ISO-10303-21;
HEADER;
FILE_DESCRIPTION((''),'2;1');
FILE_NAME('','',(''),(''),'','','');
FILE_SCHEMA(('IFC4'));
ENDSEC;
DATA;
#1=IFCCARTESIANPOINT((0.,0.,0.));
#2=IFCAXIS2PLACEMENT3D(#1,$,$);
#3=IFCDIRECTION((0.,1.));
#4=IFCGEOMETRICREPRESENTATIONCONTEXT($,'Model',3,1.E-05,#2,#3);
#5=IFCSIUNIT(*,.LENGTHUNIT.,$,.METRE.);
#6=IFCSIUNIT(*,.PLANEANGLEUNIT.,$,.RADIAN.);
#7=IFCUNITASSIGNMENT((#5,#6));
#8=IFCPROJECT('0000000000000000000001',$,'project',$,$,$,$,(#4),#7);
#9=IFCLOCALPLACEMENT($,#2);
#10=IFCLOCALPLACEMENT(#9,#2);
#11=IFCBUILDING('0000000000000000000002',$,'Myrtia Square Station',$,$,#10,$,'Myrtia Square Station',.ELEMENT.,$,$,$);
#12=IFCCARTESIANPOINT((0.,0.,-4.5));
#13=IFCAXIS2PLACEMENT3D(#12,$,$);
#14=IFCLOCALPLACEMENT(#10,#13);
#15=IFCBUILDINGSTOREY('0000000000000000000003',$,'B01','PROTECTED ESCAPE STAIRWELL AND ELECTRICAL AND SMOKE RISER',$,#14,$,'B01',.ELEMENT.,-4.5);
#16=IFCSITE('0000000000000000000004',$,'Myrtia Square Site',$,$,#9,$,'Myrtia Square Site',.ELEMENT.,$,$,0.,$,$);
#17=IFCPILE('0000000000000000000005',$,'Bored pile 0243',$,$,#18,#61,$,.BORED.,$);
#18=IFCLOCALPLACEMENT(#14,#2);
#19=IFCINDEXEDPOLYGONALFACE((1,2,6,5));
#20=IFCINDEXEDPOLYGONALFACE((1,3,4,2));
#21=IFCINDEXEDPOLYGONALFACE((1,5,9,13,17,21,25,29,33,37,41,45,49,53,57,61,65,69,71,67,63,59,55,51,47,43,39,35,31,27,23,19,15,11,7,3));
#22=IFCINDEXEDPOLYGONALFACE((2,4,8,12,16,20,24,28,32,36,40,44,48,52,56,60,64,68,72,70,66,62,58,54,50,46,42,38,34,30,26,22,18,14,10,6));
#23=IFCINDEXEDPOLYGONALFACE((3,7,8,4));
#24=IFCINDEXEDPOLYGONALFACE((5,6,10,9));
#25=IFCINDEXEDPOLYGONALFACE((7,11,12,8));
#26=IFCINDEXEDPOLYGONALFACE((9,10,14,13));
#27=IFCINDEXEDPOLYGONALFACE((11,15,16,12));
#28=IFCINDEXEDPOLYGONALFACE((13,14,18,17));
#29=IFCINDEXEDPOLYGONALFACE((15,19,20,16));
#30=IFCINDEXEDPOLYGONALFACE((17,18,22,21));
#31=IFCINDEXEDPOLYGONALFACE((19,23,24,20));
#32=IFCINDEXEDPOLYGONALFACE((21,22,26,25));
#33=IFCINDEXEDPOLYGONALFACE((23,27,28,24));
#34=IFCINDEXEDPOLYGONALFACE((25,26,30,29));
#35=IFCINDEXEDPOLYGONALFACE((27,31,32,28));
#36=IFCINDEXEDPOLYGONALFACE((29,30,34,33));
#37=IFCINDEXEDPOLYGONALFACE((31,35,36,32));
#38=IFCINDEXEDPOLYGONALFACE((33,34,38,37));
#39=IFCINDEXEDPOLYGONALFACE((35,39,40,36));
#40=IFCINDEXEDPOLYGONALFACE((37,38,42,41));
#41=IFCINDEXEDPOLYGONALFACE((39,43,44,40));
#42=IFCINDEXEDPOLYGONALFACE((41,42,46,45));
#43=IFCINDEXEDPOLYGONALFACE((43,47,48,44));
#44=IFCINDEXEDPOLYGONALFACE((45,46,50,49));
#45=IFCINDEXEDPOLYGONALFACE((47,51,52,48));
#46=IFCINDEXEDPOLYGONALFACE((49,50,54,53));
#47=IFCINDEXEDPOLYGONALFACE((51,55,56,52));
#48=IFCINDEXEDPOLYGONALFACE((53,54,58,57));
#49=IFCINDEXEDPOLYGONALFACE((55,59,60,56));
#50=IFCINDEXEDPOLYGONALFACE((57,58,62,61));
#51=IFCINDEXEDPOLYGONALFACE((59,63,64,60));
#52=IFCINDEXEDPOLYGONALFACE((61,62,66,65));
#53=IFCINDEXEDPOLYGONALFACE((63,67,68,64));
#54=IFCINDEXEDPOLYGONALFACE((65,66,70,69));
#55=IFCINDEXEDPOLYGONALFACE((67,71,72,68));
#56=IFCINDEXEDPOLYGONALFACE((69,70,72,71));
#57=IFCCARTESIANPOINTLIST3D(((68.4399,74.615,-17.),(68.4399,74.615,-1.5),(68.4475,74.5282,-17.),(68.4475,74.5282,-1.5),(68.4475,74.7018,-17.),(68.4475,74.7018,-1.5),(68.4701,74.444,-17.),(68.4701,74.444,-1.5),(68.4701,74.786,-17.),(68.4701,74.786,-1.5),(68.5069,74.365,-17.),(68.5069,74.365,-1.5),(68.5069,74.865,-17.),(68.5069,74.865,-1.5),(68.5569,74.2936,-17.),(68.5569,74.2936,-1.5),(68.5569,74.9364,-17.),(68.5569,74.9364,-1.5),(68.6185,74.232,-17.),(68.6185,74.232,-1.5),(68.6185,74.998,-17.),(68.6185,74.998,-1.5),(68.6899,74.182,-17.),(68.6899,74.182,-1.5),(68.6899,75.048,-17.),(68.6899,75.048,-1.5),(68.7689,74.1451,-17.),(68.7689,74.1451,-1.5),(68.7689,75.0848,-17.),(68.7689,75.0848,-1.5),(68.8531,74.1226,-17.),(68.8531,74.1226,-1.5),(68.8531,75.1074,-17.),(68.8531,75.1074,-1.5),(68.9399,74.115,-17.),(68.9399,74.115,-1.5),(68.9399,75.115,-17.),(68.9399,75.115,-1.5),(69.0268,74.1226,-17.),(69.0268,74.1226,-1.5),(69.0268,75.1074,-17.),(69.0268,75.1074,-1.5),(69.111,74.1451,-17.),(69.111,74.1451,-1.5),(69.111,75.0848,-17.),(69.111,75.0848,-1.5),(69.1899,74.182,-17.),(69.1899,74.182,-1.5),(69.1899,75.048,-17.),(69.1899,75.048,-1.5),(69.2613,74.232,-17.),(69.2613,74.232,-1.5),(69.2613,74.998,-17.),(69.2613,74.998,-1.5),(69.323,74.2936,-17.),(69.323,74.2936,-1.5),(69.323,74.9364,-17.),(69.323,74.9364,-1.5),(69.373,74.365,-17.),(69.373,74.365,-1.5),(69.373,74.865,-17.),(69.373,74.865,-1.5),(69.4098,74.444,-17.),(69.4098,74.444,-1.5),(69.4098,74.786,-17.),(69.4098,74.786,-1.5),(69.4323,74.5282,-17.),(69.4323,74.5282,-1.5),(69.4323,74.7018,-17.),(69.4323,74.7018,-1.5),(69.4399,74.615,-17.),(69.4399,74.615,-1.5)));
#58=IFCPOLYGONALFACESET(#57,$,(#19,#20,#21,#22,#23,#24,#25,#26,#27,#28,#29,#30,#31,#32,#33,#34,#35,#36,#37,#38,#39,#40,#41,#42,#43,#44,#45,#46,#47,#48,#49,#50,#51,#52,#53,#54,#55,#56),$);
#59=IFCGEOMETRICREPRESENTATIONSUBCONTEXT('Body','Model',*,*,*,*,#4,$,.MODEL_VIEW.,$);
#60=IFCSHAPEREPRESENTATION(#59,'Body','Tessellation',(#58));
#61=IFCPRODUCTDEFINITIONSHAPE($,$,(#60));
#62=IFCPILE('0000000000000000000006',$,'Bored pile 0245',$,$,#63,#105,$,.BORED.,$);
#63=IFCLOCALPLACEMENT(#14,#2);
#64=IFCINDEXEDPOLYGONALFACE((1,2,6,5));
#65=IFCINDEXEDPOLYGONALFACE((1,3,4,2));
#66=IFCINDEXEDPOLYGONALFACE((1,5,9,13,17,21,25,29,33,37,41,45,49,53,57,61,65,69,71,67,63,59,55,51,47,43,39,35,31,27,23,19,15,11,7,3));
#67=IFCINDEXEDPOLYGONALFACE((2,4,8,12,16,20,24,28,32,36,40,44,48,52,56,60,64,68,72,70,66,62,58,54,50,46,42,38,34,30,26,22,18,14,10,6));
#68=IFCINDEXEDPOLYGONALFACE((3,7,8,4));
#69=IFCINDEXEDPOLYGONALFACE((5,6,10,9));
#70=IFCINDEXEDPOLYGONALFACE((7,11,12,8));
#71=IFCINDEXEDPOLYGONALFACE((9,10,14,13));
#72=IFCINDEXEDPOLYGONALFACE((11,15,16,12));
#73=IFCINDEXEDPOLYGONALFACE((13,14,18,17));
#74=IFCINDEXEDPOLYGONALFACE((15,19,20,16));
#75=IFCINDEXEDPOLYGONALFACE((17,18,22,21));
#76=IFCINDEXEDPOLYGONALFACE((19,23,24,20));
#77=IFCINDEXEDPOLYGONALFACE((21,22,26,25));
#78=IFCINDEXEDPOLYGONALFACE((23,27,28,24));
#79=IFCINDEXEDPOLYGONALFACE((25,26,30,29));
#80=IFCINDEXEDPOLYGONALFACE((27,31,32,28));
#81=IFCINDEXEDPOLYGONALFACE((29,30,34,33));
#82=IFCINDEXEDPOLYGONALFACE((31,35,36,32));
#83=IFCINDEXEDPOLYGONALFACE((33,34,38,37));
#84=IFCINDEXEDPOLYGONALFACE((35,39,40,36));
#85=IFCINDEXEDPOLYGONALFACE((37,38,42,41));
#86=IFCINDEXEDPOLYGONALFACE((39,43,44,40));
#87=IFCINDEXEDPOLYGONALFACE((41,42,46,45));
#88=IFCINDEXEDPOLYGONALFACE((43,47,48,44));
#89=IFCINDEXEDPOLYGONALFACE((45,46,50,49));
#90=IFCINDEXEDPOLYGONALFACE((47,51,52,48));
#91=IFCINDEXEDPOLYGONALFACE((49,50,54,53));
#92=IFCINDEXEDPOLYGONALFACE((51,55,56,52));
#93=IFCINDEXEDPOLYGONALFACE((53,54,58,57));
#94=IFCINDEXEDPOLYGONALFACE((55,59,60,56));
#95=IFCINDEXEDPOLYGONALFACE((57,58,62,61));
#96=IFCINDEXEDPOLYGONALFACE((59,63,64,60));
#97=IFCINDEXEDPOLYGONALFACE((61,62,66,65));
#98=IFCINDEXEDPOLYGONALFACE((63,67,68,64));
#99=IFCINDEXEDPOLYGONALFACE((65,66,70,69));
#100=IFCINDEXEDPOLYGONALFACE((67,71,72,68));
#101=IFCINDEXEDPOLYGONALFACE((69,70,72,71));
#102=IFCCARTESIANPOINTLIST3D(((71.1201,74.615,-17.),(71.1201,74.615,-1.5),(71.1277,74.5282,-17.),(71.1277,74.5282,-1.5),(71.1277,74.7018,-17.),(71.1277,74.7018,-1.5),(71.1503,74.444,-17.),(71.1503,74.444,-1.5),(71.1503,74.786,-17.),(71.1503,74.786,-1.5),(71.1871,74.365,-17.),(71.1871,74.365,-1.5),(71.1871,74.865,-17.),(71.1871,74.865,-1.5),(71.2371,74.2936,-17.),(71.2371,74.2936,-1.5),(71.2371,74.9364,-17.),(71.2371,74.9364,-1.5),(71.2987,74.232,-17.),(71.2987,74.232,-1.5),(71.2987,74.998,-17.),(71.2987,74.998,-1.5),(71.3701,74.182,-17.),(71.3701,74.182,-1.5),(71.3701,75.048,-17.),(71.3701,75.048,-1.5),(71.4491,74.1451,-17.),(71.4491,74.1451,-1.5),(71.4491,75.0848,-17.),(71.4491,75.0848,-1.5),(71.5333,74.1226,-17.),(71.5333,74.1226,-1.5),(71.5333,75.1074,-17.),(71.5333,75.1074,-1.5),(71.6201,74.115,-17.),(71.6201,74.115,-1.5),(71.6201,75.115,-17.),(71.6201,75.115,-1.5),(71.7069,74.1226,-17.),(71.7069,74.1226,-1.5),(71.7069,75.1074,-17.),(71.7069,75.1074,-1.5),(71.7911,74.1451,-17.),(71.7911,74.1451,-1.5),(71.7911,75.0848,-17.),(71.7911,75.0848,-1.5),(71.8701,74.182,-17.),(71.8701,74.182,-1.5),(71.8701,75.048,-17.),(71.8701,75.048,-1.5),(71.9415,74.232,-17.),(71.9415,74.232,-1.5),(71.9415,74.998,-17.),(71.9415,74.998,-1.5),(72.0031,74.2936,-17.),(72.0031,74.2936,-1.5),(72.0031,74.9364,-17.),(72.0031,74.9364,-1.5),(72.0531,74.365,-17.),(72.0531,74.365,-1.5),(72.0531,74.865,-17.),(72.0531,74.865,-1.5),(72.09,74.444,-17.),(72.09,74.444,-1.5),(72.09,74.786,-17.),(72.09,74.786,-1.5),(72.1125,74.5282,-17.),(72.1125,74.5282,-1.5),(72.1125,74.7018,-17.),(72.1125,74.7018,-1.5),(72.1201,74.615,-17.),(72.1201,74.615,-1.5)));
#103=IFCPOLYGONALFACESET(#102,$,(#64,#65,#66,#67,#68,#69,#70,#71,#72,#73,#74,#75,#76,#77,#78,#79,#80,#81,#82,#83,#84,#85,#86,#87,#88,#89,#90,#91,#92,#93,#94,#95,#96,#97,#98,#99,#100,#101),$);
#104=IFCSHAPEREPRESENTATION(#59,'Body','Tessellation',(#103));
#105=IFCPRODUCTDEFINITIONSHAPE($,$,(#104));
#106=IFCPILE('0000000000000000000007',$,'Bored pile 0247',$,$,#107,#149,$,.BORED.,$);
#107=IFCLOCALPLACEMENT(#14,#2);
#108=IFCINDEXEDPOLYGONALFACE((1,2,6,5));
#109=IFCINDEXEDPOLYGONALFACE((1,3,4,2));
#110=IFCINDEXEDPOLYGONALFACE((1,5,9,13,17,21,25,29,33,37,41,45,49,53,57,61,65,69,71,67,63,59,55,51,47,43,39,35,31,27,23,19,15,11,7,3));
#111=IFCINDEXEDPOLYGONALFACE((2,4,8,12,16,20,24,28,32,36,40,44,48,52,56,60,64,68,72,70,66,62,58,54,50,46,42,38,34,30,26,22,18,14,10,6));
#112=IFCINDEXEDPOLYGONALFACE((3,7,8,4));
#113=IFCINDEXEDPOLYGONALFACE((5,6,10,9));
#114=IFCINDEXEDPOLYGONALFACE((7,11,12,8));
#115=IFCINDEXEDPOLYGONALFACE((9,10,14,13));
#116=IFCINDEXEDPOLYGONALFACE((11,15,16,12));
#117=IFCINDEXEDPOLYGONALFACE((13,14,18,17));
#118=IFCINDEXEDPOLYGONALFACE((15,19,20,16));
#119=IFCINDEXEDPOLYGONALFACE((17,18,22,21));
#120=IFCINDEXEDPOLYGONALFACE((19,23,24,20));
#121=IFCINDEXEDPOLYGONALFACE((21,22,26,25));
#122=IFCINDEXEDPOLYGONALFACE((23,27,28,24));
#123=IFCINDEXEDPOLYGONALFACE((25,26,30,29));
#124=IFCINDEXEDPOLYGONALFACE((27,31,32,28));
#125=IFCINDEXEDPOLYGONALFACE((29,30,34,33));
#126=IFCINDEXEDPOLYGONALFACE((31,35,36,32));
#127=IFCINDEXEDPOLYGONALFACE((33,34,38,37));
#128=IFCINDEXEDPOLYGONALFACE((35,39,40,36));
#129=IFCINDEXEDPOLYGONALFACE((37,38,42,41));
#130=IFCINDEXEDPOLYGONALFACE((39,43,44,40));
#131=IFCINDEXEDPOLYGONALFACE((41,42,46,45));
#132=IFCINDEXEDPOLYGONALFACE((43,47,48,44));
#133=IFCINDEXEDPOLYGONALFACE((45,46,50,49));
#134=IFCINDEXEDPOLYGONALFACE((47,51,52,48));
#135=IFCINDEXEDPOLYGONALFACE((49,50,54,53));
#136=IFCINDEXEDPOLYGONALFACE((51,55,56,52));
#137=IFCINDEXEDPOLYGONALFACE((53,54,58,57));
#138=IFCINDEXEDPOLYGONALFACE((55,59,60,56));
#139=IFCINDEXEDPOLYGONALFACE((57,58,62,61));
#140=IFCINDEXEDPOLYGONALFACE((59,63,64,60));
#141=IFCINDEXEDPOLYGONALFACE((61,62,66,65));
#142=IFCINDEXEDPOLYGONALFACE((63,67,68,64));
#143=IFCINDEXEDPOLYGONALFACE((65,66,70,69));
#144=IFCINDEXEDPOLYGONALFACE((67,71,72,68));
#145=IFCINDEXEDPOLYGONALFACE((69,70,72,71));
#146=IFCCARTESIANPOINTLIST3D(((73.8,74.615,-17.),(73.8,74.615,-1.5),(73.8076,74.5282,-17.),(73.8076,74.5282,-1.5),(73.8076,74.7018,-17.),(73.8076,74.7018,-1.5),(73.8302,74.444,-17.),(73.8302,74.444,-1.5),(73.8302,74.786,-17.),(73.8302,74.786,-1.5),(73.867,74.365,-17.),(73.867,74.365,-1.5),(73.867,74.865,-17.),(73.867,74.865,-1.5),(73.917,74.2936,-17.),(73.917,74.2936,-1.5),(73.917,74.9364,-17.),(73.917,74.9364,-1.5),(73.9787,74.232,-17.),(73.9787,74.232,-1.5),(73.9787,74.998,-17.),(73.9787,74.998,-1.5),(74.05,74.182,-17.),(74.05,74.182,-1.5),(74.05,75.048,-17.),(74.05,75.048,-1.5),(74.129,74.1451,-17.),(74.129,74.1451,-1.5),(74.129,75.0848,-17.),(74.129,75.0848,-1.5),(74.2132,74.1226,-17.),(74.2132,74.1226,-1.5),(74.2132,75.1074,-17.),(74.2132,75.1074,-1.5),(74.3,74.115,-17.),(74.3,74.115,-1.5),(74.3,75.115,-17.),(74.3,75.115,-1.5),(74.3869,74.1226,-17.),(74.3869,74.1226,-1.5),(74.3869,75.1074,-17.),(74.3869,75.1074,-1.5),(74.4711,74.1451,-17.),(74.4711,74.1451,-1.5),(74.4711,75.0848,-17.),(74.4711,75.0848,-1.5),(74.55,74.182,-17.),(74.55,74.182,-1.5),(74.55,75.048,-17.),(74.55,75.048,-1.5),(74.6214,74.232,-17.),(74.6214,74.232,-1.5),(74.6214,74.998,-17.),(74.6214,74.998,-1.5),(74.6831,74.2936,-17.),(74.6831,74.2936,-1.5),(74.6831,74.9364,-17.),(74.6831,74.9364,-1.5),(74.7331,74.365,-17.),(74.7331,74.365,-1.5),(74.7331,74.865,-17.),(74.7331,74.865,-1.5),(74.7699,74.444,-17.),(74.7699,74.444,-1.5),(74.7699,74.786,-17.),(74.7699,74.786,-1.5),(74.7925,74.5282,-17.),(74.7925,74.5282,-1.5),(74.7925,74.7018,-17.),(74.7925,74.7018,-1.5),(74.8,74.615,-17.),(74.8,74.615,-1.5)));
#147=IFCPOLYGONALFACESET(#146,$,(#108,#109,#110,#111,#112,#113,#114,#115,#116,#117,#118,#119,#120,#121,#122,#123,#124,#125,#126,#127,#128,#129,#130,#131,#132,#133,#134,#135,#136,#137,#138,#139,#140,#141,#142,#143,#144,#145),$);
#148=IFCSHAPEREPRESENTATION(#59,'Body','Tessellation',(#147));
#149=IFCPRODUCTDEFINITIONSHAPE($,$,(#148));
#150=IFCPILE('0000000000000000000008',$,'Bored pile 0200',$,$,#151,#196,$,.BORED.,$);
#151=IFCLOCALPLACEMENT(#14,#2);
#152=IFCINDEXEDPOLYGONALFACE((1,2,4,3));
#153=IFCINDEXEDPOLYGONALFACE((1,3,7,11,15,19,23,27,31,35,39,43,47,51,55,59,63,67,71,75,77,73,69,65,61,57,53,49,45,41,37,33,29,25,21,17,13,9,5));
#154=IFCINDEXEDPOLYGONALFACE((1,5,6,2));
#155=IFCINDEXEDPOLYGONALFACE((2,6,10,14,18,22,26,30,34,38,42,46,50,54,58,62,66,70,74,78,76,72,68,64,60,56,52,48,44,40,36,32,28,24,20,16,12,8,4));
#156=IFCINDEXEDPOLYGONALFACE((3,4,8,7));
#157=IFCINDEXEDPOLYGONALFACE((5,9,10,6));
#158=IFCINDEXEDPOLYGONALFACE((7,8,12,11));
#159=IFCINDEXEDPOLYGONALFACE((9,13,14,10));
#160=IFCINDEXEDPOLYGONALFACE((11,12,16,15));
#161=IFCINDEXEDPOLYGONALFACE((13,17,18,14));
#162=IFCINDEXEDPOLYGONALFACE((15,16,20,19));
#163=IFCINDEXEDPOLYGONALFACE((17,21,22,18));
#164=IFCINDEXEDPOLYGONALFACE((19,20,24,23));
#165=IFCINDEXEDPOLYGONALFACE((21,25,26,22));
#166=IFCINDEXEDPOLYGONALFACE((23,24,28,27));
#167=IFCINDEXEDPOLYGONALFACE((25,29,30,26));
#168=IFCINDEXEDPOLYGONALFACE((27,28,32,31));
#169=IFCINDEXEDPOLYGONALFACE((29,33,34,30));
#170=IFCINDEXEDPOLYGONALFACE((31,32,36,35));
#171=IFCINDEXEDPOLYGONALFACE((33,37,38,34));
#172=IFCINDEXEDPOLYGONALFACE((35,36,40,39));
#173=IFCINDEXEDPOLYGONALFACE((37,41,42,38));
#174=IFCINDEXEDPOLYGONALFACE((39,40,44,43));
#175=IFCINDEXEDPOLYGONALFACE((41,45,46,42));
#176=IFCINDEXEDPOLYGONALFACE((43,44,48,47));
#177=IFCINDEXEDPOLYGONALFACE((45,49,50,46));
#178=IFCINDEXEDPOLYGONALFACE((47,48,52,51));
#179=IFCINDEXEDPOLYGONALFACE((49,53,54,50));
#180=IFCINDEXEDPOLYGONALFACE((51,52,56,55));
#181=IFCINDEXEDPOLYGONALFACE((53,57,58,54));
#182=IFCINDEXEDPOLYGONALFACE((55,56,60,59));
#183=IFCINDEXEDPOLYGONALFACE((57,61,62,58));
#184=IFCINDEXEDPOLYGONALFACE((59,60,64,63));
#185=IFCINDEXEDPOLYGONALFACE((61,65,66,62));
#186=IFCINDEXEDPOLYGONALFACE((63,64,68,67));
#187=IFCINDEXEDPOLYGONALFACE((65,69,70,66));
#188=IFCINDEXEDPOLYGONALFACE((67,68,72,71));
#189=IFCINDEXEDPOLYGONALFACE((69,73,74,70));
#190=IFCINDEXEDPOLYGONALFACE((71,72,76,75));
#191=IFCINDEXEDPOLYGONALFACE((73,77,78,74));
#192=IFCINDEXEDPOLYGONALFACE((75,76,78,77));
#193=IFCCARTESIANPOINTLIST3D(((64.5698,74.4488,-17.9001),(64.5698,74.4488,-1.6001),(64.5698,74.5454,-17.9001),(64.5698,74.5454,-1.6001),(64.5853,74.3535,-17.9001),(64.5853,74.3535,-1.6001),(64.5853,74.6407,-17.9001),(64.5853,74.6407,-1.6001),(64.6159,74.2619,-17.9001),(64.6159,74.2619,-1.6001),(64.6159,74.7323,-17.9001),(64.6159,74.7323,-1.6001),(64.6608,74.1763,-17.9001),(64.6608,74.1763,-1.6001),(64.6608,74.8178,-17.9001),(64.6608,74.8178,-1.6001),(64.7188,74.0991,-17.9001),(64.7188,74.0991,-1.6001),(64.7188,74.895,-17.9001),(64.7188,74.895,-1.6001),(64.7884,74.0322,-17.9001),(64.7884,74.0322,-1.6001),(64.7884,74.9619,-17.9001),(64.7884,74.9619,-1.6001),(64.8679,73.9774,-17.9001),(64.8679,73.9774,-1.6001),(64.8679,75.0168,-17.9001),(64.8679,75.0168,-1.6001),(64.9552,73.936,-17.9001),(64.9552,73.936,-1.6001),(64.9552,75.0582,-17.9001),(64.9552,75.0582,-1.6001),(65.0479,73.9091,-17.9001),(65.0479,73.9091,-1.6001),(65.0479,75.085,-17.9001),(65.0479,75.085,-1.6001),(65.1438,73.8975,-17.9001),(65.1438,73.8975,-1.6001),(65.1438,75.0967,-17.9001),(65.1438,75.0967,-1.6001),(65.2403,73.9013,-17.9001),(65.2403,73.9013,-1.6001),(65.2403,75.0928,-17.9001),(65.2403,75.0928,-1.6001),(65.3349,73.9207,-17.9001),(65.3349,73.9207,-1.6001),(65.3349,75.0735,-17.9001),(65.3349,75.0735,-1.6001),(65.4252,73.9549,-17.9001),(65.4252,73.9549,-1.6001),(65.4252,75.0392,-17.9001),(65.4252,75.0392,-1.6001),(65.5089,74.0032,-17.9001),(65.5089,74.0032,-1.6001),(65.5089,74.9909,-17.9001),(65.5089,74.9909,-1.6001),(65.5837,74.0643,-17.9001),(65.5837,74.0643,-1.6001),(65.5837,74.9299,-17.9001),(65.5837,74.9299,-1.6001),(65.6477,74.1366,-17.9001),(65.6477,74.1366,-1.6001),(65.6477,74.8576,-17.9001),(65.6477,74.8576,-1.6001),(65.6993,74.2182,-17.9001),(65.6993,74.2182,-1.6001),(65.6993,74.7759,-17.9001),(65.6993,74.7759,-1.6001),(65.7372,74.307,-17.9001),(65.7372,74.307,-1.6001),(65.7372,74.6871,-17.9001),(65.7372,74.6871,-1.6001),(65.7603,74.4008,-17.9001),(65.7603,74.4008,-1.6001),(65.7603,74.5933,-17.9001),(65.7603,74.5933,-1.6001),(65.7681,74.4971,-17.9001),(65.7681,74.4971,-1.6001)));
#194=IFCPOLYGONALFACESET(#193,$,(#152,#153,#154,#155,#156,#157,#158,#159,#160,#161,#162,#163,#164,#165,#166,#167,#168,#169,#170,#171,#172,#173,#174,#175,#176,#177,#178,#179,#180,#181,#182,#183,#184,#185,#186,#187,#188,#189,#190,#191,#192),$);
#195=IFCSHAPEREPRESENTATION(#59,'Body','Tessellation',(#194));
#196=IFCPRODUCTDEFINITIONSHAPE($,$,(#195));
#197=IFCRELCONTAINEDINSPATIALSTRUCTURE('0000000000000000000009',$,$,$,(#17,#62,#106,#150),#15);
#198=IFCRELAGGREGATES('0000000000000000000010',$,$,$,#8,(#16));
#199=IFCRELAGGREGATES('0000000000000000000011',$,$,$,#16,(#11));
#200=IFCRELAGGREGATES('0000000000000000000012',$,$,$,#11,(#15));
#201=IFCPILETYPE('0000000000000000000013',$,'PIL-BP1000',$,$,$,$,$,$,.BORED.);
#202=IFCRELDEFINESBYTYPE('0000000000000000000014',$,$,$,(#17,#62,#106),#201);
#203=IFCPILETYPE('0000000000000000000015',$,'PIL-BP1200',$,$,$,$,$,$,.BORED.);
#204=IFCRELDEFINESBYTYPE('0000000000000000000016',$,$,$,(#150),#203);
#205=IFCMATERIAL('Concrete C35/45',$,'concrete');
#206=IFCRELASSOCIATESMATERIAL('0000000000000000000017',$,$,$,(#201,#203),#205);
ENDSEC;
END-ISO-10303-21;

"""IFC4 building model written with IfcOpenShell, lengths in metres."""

from ifc_helpers import new_model, si_unit, direction, frame, origin, origin_2d, place, context, subcontext, project, spatial, circle, extrude, material, material_profile, profile_set, type_object, element, save


model = new_model("IFC4")

# Units and contexts
model_context = context("Model", 3, precision=1e-05, world=origin(), true_north=direction((0.0, 1.0)))
body_context = subcontext(model_context, "Body", "Model", "MODEL_VIEW")
ifc_project = project(units=[si_unit("LENGTHUNIT", "METRE"), si_unit("PLANEANGLEUNIT", "RADIAN")], contexts=[model_context])

# Site, building, storey
site_placement = place(None, origin())
site = spatial("IfcSite", under=ifc_project, at=site_placement, Name="Myrtia Square Site", LongName="Myrtia Square Site", CompositionType="ELEMENT", RefElevation=0.0)
building_placement = place(site_placement, origin())
building = spatial("IfcBuilding", under=site, at=building_placement, Name="Myrtia Square Station", LongName="Myrtia Square Station", CompositionType="ELEMENT")
storey_placement = place(building_placement, frame((0.0, 0.0, -4.5)))
storey = spatial("IfcBuildingStorey", under=building, at=storey_placement, Name="B01", Description="PROTECTED ESCAPE STAIRWELL AND ELECTRICAL AND SMOKE RISER", LongName="B01", CompositionType="ELEMENT", Elevation=-4.5)

# Shared definitions
ifc_material_1 = material(Name="Concrete C35/45", Category="concrete")

# Piles
ifc_material_profile_1 = material_profile(ifc_material_1, circle(Radius=0.5, at=origin_2d()), Name="BP D1000")
ifc_profile_set_1 = profile_set([ifc_material_profile_1], Name="Concrete C35/45")
pile_type_1 = type_object("IfcPileType", Name="PIL-BP1000", PredefinedType="BORED", material=ifc_profile_set_1)
for number, where, z_axis, x_axis, name in (
    (1, (68.9399, 74.615, -1.5), (0.0, 0.0, -1.0), (1.0, 0.0, 0.0), "Bored pile 0243"),
    (2, (71.6201, 74.615, -1.5), (0.0, 0.0, -1.0), (1.0, 0.0, 0.0), "Bored pile 0245"),
    (3, (74.3, 74.615, -1.5), (0.0, 0.0, -1.0), (1.0, 0.0, 0.0), "Bored pile 0247"),
):
    element("IfcPile", number, at=place(storey_placement, frame(where, z_axis=z_axis, x_axis=x_axis)), inside=storey, type_object=pile_type_1, Name=name, PredefinedType="BORED", context=body_context, shape_type="SweptSolid", body=[
        extrude(circle(Radius=0.5, at=origin_2d()), origin(), (0.0, 0.0, 1.0), 15.5),
    ])
ifc_material_profile_2 = material_profile(ifc_material_1, circle(Radius=0.6001, at=origin_2d()), Name="BP D1200")
ifc_profile_set_2 = profile_set([ifc_material_profile_2], Name="Concrete C35/45")
pile_type_2 = type_object("IfcPileType", Name="PIL-BP1200", PredefinedType="BORED", material=ifc_profile_set_2)
for number, where, z_axis, x_axis, name in (
    (4, (65.168, 74.4971, -1.6001), (0.0, 0.0, -1.0), (1.0, 0.0, 0.0), "Bored pile 0200"),
):
    element("IfcPile", number, at=place(storey_placement, frame(where, z_axis=z_axis, x_axis=x_axis)), inside=storey, type_object=pile_type_2, Name=name, PredefinedType="BORED", context=body_context, shape_type="SweptSolid", body=[
        extrude(circle(Radius=0.6001, at=origin_2d()), origin(), (0.0, 0.0, 1.0), 16.3),
    ])

save(model, "model.ifc")
